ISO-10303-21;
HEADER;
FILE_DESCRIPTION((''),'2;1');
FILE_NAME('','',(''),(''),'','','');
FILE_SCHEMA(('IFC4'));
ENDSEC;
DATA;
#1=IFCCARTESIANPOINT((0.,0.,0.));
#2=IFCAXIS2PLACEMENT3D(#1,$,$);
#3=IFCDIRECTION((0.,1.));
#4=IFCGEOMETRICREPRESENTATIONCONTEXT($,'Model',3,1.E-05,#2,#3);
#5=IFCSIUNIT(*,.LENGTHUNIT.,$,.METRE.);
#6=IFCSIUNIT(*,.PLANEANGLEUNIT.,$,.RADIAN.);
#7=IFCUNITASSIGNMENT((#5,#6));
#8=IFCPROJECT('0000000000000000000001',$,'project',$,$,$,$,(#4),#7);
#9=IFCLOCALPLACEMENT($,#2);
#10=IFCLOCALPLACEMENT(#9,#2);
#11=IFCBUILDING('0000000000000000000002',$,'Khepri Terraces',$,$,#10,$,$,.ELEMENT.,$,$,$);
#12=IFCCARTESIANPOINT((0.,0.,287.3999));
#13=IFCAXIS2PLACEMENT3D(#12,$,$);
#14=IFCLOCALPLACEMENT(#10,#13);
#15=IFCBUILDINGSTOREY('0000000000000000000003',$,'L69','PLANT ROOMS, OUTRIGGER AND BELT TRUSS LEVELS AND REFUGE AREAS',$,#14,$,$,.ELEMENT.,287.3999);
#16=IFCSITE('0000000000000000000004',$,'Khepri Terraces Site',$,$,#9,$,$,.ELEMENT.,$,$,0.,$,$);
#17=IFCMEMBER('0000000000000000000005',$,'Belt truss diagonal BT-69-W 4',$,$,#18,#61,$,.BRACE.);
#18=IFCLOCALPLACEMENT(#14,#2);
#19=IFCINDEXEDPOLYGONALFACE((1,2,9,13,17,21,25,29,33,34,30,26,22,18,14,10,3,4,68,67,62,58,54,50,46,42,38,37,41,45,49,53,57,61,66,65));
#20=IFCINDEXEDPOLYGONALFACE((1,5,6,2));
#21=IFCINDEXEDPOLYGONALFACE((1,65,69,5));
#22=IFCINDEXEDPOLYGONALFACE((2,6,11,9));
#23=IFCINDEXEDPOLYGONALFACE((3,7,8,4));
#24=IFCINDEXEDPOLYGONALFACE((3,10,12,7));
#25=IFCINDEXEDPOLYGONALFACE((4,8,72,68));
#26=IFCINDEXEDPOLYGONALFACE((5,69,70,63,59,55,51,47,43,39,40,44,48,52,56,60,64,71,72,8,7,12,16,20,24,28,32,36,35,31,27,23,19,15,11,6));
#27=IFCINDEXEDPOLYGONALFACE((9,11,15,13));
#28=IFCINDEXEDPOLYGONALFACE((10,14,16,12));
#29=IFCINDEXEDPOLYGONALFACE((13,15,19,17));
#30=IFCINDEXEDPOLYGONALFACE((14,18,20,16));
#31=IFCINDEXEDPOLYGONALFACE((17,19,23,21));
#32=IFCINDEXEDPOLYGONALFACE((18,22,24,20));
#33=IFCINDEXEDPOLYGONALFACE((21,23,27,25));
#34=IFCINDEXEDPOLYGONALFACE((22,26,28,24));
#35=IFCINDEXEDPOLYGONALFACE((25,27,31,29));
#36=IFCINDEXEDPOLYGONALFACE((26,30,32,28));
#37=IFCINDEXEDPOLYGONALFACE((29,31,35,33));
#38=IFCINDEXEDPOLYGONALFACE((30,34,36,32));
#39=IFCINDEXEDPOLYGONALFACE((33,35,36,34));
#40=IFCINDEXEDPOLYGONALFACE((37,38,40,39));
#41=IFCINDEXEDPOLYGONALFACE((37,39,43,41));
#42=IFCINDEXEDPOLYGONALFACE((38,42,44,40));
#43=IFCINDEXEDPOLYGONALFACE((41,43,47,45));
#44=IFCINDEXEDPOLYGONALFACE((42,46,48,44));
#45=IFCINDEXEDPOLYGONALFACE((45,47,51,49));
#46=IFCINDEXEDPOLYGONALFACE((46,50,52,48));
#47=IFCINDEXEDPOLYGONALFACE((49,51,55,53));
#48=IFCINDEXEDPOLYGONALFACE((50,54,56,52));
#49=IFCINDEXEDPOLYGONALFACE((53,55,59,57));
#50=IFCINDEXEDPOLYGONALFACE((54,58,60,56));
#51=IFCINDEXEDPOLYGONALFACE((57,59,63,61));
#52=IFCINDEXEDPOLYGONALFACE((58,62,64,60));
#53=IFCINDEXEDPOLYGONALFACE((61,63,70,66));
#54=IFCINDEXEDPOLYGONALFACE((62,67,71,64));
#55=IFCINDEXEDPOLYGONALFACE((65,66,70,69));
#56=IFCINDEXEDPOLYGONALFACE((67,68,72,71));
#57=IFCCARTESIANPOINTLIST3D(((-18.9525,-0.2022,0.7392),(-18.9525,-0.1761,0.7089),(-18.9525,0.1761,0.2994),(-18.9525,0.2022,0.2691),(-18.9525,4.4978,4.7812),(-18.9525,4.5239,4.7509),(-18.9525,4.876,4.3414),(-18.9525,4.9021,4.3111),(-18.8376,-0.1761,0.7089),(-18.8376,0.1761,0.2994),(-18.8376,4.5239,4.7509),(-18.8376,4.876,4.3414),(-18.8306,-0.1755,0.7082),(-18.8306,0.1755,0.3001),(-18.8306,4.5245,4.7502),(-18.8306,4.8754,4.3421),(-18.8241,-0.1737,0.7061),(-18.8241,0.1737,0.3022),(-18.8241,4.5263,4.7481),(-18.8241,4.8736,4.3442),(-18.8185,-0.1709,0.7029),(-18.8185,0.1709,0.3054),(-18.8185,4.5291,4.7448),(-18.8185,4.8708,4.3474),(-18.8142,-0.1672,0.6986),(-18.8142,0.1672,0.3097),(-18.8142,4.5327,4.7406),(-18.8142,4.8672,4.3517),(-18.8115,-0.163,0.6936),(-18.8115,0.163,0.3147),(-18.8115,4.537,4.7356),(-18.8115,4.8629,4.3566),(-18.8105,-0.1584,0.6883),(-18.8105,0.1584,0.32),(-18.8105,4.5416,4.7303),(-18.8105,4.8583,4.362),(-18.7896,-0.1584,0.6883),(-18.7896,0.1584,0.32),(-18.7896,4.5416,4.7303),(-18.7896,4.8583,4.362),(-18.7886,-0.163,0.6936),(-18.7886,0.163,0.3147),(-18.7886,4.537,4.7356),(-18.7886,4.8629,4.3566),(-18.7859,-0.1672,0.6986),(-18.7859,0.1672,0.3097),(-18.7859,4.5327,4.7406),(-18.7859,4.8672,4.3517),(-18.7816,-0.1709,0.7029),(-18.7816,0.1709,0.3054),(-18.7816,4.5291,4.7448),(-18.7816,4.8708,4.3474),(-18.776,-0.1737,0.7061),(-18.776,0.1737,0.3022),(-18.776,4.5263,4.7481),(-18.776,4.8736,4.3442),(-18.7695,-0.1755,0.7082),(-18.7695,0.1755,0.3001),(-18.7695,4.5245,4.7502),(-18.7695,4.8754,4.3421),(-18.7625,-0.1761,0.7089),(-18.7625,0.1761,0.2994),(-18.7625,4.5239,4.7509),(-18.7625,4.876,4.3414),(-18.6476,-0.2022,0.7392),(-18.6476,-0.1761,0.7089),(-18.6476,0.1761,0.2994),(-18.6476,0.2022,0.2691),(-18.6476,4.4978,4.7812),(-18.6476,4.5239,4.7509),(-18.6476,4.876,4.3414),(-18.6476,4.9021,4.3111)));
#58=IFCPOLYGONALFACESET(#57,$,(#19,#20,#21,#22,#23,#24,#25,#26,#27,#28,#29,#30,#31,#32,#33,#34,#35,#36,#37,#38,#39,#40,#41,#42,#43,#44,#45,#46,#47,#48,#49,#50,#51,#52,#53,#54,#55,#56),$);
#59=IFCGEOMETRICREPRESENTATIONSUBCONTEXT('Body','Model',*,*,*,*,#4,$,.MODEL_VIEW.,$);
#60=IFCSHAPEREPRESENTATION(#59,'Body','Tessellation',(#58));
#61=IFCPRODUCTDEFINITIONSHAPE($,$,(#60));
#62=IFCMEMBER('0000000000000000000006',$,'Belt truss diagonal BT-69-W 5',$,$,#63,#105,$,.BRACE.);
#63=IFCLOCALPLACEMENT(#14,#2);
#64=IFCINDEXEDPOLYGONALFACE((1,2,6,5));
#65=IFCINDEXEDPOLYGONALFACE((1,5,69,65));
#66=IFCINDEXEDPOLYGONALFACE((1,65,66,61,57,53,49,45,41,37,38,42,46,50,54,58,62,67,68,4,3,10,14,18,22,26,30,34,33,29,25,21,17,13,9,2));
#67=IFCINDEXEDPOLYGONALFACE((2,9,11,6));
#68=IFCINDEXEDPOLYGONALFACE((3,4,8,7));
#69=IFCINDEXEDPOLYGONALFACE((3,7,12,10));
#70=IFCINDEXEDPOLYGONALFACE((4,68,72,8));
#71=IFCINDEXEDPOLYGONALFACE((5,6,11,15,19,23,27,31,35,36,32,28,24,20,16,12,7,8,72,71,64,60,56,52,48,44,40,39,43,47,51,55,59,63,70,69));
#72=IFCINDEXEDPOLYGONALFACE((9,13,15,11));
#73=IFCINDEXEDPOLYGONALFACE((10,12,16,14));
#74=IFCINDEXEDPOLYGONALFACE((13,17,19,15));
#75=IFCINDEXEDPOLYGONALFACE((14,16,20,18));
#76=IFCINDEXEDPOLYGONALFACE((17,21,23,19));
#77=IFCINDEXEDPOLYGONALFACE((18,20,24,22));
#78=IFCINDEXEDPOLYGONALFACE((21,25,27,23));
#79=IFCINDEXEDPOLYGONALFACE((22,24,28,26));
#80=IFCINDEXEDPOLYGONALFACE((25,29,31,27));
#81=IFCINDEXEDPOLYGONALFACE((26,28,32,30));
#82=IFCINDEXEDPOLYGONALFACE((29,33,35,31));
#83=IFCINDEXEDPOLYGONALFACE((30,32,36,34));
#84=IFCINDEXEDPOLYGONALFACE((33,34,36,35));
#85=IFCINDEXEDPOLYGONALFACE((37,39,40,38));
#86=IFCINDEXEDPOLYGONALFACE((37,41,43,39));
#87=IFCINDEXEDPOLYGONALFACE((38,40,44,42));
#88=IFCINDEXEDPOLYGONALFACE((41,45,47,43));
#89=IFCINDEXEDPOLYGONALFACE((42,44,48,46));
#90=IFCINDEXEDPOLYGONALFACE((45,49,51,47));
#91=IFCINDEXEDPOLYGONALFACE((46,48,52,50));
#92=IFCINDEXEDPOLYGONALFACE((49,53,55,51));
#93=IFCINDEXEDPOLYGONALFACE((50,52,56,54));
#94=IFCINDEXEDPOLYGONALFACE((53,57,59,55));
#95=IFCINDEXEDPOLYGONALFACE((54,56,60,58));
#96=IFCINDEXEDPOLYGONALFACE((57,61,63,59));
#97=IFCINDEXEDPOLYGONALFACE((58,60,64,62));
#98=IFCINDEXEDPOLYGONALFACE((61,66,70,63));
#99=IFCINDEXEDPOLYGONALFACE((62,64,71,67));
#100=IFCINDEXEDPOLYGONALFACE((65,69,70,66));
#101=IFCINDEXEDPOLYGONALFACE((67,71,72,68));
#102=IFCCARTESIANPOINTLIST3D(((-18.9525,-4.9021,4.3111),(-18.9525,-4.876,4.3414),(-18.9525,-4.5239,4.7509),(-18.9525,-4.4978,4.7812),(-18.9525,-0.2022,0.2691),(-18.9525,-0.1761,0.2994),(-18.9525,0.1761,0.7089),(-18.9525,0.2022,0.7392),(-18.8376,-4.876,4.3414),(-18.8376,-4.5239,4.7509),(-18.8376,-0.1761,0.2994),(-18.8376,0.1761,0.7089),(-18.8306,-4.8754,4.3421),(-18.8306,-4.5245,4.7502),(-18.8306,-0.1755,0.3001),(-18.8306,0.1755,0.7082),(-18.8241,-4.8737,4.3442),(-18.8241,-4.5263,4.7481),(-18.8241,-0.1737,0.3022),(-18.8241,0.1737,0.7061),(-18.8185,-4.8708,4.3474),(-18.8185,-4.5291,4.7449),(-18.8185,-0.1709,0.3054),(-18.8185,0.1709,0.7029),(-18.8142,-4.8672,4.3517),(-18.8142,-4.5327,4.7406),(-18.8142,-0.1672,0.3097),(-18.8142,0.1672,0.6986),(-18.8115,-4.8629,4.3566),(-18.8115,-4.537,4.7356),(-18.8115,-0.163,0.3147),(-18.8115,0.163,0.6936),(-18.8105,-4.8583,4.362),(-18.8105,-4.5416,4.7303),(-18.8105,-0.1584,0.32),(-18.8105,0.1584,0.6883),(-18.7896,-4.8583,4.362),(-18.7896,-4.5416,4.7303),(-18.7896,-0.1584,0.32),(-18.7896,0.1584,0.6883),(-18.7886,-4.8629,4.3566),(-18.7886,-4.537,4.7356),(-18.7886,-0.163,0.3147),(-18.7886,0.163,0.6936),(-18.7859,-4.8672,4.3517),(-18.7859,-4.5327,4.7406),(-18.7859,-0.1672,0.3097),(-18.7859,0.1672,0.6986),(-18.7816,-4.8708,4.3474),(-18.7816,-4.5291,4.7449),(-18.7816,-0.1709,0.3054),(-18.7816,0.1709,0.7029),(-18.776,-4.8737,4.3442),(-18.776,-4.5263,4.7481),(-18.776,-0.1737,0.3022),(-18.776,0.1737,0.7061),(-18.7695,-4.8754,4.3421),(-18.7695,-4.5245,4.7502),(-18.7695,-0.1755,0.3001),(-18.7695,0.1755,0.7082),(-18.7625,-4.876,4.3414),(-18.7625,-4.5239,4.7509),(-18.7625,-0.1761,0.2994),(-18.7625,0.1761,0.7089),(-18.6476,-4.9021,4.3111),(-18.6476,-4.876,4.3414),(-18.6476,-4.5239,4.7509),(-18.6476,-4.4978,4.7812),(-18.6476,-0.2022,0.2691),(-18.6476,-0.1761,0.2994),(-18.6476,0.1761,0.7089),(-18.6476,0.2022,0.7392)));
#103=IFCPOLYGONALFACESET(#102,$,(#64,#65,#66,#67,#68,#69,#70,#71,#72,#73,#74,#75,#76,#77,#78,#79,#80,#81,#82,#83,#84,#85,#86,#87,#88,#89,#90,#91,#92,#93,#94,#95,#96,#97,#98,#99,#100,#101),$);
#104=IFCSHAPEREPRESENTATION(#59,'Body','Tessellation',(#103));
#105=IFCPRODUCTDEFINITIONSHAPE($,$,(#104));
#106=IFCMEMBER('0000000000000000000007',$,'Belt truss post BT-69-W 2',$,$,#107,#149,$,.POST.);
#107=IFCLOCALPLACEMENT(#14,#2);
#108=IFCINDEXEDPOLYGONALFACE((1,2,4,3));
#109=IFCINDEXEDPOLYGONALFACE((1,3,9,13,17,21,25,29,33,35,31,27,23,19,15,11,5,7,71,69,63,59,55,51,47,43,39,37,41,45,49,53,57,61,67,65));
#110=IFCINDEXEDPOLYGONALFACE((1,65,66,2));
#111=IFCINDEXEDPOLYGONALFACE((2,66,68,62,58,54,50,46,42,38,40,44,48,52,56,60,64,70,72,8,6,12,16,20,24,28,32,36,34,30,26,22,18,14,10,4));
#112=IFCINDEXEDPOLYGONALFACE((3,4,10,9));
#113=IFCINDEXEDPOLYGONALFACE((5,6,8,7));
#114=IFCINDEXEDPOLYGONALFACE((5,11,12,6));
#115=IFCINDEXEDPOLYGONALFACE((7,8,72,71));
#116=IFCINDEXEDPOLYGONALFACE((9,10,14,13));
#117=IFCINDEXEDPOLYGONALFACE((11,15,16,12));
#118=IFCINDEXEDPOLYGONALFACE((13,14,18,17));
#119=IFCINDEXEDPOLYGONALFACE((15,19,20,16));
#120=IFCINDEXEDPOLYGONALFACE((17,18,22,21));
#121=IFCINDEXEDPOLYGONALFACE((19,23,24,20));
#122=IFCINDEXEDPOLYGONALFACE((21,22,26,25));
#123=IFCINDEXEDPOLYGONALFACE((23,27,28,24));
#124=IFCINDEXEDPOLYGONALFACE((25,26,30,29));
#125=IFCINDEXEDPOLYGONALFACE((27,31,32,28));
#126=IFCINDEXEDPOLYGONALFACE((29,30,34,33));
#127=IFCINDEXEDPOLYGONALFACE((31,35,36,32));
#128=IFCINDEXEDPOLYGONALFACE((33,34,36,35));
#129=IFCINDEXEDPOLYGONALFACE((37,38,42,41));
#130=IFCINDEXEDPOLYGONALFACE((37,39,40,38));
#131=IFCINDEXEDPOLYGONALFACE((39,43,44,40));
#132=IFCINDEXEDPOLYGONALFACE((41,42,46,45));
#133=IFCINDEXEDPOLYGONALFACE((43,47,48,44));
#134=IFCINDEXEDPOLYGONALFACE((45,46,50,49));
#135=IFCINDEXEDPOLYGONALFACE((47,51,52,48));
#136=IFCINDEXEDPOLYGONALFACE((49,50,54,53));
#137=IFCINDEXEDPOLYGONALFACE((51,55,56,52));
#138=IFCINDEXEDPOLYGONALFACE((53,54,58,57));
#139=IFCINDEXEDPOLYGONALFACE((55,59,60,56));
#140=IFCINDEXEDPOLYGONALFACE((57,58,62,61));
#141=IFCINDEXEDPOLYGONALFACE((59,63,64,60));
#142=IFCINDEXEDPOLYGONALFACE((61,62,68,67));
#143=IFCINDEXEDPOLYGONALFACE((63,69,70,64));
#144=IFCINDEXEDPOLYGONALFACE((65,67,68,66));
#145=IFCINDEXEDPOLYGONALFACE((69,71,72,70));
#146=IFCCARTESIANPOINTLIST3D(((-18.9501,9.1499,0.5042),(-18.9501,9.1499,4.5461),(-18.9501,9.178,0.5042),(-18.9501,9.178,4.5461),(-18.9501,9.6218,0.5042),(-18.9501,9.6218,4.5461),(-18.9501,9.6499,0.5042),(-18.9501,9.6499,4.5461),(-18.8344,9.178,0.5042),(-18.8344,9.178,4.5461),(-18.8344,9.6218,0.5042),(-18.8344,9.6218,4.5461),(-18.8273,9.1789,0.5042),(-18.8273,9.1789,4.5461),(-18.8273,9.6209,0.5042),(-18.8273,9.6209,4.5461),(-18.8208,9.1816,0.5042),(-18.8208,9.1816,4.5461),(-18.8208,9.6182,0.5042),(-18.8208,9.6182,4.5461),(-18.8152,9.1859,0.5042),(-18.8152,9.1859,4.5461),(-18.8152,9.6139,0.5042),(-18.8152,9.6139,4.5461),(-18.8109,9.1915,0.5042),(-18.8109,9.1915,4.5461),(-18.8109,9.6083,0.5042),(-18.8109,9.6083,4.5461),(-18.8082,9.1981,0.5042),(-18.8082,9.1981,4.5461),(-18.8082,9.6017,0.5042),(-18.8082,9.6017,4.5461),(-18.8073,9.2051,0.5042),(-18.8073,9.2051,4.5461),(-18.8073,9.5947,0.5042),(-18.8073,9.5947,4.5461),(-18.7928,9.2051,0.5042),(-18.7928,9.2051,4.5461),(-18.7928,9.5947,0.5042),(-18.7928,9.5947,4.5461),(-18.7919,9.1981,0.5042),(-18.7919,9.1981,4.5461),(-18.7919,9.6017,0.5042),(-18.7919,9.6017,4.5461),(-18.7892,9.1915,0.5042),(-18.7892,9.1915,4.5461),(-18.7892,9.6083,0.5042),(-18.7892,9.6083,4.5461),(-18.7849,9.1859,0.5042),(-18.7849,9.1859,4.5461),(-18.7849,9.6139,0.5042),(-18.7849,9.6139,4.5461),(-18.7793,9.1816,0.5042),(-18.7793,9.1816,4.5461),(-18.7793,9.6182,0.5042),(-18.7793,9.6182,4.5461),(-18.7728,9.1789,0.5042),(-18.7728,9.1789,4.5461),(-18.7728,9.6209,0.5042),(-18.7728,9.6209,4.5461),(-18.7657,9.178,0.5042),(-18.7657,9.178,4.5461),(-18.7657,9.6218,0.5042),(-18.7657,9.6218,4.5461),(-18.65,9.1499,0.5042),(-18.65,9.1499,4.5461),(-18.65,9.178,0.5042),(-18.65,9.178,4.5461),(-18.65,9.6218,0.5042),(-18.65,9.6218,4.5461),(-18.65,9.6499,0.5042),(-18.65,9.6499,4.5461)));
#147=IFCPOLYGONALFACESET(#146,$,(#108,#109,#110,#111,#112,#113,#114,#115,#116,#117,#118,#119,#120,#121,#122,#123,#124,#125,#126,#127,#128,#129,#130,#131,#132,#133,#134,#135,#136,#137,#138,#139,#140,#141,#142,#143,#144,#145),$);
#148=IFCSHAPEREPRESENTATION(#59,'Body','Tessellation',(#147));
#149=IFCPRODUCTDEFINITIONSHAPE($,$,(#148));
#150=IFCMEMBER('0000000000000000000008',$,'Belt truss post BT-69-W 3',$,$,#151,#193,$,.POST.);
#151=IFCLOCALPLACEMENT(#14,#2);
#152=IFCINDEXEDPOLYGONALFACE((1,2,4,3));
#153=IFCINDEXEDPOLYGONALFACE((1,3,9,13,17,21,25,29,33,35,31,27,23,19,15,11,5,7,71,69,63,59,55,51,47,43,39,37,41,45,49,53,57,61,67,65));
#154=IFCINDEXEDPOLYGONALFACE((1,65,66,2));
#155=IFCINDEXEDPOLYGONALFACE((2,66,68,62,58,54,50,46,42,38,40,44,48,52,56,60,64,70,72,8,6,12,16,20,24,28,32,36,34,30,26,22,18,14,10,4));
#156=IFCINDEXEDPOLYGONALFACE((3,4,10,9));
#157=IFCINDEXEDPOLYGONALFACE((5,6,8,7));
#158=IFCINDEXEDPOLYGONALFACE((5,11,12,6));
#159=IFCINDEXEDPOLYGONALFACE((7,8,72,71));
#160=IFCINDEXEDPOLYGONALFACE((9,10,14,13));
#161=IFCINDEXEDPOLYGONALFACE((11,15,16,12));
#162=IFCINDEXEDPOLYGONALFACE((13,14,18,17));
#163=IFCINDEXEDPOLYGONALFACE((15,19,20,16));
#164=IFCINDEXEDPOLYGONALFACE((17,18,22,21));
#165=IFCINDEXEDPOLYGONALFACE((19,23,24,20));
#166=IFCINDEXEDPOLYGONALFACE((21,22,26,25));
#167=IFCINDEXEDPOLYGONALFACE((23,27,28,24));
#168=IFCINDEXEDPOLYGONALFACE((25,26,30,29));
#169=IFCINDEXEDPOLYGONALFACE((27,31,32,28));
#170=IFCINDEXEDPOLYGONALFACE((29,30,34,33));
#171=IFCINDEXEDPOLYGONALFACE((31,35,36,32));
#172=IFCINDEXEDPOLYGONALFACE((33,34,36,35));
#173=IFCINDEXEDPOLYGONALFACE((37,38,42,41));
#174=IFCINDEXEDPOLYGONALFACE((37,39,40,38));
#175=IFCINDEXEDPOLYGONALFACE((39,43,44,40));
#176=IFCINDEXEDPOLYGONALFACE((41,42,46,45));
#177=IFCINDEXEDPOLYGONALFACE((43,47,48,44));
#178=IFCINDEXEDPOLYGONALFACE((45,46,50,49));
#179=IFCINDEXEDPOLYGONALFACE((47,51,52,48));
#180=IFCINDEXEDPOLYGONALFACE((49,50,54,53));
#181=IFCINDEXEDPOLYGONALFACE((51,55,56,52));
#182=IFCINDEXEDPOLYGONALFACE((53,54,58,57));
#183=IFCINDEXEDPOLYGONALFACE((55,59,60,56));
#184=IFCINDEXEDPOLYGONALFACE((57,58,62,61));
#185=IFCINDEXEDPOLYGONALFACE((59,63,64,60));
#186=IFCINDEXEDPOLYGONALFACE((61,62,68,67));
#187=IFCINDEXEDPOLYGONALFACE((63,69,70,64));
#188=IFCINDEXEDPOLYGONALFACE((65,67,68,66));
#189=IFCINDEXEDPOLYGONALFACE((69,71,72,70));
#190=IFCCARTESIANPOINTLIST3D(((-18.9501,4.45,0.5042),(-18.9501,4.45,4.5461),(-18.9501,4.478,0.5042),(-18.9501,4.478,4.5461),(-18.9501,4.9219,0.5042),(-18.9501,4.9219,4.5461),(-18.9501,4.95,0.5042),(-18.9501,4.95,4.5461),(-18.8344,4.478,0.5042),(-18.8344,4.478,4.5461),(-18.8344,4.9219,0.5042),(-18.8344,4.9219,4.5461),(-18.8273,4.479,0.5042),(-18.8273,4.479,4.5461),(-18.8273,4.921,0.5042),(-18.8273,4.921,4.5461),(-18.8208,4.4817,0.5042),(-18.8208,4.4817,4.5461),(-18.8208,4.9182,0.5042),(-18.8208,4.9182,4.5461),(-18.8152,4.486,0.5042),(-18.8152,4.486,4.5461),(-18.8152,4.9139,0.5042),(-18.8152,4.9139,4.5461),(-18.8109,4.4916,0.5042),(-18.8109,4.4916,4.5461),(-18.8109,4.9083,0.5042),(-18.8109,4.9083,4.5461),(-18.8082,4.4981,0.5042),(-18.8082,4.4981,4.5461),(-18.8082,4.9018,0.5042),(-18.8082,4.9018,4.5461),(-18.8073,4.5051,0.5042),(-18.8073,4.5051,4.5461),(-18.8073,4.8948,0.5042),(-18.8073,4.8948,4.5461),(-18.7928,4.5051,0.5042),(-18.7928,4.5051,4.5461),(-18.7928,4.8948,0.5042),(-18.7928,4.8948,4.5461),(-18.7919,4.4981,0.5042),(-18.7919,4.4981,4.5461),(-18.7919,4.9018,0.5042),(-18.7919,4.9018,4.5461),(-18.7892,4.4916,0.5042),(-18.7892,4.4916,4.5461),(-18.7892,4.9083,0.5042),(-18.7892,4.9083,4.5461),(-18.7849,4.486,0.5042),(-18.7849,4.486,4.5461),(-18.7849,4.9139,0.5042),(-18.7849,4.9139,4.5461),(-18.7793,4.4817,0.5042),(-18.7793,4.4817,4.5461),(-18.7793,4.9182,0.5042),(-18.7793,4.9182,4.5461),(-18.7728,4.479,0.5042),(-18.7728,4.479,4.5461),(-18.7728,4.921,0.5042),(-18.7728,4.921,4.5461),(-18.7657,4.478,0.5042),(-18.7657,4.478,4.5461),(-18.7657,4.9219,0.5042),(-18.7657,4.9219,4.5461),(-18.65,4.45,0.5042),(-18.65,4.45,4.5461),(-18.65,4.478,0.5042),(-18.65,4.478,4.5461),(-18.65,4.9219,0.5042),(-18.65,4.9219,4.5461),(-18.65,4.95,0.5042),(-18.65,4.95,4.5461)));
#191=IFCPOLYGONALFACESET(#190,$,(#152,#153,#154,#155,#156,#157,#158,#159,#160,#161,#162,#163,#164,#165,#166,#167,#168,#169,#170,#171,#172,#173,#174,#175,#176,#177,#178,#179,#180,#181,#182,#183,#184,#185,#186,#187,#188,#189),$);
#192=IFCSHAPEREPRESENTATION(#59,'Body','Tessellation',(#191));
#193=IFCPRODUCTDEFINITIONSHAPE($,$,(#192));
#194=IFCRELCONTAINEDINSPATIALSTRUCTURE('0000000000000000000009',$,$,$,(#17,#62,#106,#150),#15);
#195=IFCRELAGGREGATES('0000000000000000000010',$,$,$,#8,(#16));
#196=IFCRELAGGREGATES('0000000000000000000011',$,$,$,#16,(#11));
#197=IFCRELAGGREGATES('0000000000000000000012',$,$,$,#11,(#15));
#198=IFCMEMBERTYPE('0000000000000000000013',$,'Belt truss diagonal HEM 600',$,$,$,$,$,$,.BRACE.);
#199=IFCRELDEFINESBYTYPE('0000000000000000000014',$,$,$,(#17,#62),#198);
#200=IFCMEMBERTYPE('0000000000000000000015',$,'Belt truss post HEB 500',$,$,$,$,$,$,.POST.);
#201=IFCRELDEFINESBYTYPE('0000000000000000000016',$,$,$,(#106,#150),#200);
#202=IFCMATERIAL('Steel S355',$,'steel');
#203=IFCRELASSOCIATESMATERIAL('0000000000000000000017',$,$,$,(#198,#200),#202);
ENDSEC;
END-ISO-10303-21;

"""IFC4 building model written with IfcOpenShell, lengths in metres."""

from ifc_helpers import new_model, si_unit, direction, frame, origin, origin_2d, place, context, subcontext, project, spatial, i_section, extrude, material, material_profile, profile_set, type_object, element, save


model = new_model("IFC4")

# Units and contexts
model_context = context("Model", 3, precision=1e-05, world=origin(), true_north=direction((0.0, 1.0)))
body_context = subcontext(model_context, "Body", "Model", "MODEL_VIEW")
ifc_project = project(units=[si_unit("LENGTHUNIT", "METRE"), si_unit("PLANEANGLEUNIT", "RADIAN")], contexts=[model_context])

# Site, building, storey
site_placement = place(None, origin())
site = spatial("IfcSite", under=ifc_project, at=site_placement, Name="Khepri Terraces Site", CompositionType="ELEMENT", RefElevation=0.0)
building_placement = place(site_placement, origin())
building = spatial("IfcBuilding", under=site, at=building_placement, Name="Khepri Terraces", CompositionType="ELEMENT")
storey_placement = place(building_placement, frame((0.0, 0.0, 287.3999)))
storey = spatial("IfcBuildingStorey", under=building, at=storey_placement, Name="L69", Description="PLANT ROOMS, OUTRIGGER AND BELT TRUSS LEVELS AND REFUGE AREAS", CompositionType="ELEMENT", Elevation=287.3999)

# Members
ifc_material_1 = material(Name="Steel S355", Category="steel")
ifc_material_profile_1 = material_profile(ifc_material_1, i_section(OverallWidth=0.3049, OverallDepth=0.6201, WebThickness=0.021, FlangeThickness=0.04, FilletRadius=0.0271, at=origin_2d()), Name="Steel S355", Category="steel")
ifc_profile_set_1 = profile_set([ifc_material_profile_1], Name="Steel S355")
member_type_1 = type_object("IfcMemberType", Name="Belt truss diagonal HEM 600", PredefinedType="BRACE", material=ifc_profile_set_1)
for number, where, z_axis, x_axis, name in (
    (1, (-18.8, 4.7, 4.5461), (0.0, -0.758182, -0.652042), (1.0, 0.0, 0.0), "Belt truss diagonal BT-69-W 4"),
    (2, (-18.8, 0.0, 0.5042), (0.0, -0.758182, 0.652042), (1.0, 0.0, 0.0), "Belt truss diagonal BT-69-W 5"),
):
    element("IfcMember", number, at=place(storey_placement, frame(where, z_axis=z_axis, x_axis=x_axis)), inside=storey, type_object=member_type_1, Name=name, PredefinedType="BRACE", context=body_context, shape_type="SweptSolid", body=[
        extrude(i_section(OverallWidth=0.3049, OverallDepth=0.6201, WebThickness=0.021, FlangeThickness=0.04, FilletRadius=0.0271, at=origin_2d()), origin(), (0.0, 0.0, 1.0), 6.199),
    ])
ifc_material_profile_2 = material_profile(ifc_material_1, i_section(OverallWidth=0.3, OverallDepth=0.5, WebThickness=0.0144, FlangeThickness=0.0281, FilletRadius=0.0271, at=origin_2d()), Name="Steel S355", Category="steel")
ifc_profile_set_2 = profile_set([ifc_material_profile_2], Name="Steel S355")
member_type_2 = type_object("IfcMemberType", Name="Belt truss post HEB 500", PredefinedType="POST", material=ifc_profile_set_2)
for number, where, z_axis, x_axis, name in (
    (3, (-18.8, 9.3999, 0.5042), (0.0, 0.0, 1.0), (1.0, 0.0, 0.0), "Belt truss post BT-69-W 2"),
    (4, (-18.8, 4.7, 0.5042), (0.0, 0.0, 1.0), (1.0, 0.0, 0.0), "Belt truss post BT-69-W 3"),
):
    element("IfcMember", number, at=place(storey_placement, frame(where, z_axis=z_axis, x_axis=x_axis)), inside=storey, type_object=member_type_2, Name=name, PredefinedType="POST", context=body_context, shape_type="SweptSolid", body=[
        extrude(i_section(OverallWidth=0.3, OverallDepth=0.5, WebThickness=0.0144, FlangeThickness=0.0281, FilletRadius=0.0271, at=origin_2d()), origin(), (0.0, 0.0, 1.0), 4.042),
    ])

save(model, "model.ifc")
